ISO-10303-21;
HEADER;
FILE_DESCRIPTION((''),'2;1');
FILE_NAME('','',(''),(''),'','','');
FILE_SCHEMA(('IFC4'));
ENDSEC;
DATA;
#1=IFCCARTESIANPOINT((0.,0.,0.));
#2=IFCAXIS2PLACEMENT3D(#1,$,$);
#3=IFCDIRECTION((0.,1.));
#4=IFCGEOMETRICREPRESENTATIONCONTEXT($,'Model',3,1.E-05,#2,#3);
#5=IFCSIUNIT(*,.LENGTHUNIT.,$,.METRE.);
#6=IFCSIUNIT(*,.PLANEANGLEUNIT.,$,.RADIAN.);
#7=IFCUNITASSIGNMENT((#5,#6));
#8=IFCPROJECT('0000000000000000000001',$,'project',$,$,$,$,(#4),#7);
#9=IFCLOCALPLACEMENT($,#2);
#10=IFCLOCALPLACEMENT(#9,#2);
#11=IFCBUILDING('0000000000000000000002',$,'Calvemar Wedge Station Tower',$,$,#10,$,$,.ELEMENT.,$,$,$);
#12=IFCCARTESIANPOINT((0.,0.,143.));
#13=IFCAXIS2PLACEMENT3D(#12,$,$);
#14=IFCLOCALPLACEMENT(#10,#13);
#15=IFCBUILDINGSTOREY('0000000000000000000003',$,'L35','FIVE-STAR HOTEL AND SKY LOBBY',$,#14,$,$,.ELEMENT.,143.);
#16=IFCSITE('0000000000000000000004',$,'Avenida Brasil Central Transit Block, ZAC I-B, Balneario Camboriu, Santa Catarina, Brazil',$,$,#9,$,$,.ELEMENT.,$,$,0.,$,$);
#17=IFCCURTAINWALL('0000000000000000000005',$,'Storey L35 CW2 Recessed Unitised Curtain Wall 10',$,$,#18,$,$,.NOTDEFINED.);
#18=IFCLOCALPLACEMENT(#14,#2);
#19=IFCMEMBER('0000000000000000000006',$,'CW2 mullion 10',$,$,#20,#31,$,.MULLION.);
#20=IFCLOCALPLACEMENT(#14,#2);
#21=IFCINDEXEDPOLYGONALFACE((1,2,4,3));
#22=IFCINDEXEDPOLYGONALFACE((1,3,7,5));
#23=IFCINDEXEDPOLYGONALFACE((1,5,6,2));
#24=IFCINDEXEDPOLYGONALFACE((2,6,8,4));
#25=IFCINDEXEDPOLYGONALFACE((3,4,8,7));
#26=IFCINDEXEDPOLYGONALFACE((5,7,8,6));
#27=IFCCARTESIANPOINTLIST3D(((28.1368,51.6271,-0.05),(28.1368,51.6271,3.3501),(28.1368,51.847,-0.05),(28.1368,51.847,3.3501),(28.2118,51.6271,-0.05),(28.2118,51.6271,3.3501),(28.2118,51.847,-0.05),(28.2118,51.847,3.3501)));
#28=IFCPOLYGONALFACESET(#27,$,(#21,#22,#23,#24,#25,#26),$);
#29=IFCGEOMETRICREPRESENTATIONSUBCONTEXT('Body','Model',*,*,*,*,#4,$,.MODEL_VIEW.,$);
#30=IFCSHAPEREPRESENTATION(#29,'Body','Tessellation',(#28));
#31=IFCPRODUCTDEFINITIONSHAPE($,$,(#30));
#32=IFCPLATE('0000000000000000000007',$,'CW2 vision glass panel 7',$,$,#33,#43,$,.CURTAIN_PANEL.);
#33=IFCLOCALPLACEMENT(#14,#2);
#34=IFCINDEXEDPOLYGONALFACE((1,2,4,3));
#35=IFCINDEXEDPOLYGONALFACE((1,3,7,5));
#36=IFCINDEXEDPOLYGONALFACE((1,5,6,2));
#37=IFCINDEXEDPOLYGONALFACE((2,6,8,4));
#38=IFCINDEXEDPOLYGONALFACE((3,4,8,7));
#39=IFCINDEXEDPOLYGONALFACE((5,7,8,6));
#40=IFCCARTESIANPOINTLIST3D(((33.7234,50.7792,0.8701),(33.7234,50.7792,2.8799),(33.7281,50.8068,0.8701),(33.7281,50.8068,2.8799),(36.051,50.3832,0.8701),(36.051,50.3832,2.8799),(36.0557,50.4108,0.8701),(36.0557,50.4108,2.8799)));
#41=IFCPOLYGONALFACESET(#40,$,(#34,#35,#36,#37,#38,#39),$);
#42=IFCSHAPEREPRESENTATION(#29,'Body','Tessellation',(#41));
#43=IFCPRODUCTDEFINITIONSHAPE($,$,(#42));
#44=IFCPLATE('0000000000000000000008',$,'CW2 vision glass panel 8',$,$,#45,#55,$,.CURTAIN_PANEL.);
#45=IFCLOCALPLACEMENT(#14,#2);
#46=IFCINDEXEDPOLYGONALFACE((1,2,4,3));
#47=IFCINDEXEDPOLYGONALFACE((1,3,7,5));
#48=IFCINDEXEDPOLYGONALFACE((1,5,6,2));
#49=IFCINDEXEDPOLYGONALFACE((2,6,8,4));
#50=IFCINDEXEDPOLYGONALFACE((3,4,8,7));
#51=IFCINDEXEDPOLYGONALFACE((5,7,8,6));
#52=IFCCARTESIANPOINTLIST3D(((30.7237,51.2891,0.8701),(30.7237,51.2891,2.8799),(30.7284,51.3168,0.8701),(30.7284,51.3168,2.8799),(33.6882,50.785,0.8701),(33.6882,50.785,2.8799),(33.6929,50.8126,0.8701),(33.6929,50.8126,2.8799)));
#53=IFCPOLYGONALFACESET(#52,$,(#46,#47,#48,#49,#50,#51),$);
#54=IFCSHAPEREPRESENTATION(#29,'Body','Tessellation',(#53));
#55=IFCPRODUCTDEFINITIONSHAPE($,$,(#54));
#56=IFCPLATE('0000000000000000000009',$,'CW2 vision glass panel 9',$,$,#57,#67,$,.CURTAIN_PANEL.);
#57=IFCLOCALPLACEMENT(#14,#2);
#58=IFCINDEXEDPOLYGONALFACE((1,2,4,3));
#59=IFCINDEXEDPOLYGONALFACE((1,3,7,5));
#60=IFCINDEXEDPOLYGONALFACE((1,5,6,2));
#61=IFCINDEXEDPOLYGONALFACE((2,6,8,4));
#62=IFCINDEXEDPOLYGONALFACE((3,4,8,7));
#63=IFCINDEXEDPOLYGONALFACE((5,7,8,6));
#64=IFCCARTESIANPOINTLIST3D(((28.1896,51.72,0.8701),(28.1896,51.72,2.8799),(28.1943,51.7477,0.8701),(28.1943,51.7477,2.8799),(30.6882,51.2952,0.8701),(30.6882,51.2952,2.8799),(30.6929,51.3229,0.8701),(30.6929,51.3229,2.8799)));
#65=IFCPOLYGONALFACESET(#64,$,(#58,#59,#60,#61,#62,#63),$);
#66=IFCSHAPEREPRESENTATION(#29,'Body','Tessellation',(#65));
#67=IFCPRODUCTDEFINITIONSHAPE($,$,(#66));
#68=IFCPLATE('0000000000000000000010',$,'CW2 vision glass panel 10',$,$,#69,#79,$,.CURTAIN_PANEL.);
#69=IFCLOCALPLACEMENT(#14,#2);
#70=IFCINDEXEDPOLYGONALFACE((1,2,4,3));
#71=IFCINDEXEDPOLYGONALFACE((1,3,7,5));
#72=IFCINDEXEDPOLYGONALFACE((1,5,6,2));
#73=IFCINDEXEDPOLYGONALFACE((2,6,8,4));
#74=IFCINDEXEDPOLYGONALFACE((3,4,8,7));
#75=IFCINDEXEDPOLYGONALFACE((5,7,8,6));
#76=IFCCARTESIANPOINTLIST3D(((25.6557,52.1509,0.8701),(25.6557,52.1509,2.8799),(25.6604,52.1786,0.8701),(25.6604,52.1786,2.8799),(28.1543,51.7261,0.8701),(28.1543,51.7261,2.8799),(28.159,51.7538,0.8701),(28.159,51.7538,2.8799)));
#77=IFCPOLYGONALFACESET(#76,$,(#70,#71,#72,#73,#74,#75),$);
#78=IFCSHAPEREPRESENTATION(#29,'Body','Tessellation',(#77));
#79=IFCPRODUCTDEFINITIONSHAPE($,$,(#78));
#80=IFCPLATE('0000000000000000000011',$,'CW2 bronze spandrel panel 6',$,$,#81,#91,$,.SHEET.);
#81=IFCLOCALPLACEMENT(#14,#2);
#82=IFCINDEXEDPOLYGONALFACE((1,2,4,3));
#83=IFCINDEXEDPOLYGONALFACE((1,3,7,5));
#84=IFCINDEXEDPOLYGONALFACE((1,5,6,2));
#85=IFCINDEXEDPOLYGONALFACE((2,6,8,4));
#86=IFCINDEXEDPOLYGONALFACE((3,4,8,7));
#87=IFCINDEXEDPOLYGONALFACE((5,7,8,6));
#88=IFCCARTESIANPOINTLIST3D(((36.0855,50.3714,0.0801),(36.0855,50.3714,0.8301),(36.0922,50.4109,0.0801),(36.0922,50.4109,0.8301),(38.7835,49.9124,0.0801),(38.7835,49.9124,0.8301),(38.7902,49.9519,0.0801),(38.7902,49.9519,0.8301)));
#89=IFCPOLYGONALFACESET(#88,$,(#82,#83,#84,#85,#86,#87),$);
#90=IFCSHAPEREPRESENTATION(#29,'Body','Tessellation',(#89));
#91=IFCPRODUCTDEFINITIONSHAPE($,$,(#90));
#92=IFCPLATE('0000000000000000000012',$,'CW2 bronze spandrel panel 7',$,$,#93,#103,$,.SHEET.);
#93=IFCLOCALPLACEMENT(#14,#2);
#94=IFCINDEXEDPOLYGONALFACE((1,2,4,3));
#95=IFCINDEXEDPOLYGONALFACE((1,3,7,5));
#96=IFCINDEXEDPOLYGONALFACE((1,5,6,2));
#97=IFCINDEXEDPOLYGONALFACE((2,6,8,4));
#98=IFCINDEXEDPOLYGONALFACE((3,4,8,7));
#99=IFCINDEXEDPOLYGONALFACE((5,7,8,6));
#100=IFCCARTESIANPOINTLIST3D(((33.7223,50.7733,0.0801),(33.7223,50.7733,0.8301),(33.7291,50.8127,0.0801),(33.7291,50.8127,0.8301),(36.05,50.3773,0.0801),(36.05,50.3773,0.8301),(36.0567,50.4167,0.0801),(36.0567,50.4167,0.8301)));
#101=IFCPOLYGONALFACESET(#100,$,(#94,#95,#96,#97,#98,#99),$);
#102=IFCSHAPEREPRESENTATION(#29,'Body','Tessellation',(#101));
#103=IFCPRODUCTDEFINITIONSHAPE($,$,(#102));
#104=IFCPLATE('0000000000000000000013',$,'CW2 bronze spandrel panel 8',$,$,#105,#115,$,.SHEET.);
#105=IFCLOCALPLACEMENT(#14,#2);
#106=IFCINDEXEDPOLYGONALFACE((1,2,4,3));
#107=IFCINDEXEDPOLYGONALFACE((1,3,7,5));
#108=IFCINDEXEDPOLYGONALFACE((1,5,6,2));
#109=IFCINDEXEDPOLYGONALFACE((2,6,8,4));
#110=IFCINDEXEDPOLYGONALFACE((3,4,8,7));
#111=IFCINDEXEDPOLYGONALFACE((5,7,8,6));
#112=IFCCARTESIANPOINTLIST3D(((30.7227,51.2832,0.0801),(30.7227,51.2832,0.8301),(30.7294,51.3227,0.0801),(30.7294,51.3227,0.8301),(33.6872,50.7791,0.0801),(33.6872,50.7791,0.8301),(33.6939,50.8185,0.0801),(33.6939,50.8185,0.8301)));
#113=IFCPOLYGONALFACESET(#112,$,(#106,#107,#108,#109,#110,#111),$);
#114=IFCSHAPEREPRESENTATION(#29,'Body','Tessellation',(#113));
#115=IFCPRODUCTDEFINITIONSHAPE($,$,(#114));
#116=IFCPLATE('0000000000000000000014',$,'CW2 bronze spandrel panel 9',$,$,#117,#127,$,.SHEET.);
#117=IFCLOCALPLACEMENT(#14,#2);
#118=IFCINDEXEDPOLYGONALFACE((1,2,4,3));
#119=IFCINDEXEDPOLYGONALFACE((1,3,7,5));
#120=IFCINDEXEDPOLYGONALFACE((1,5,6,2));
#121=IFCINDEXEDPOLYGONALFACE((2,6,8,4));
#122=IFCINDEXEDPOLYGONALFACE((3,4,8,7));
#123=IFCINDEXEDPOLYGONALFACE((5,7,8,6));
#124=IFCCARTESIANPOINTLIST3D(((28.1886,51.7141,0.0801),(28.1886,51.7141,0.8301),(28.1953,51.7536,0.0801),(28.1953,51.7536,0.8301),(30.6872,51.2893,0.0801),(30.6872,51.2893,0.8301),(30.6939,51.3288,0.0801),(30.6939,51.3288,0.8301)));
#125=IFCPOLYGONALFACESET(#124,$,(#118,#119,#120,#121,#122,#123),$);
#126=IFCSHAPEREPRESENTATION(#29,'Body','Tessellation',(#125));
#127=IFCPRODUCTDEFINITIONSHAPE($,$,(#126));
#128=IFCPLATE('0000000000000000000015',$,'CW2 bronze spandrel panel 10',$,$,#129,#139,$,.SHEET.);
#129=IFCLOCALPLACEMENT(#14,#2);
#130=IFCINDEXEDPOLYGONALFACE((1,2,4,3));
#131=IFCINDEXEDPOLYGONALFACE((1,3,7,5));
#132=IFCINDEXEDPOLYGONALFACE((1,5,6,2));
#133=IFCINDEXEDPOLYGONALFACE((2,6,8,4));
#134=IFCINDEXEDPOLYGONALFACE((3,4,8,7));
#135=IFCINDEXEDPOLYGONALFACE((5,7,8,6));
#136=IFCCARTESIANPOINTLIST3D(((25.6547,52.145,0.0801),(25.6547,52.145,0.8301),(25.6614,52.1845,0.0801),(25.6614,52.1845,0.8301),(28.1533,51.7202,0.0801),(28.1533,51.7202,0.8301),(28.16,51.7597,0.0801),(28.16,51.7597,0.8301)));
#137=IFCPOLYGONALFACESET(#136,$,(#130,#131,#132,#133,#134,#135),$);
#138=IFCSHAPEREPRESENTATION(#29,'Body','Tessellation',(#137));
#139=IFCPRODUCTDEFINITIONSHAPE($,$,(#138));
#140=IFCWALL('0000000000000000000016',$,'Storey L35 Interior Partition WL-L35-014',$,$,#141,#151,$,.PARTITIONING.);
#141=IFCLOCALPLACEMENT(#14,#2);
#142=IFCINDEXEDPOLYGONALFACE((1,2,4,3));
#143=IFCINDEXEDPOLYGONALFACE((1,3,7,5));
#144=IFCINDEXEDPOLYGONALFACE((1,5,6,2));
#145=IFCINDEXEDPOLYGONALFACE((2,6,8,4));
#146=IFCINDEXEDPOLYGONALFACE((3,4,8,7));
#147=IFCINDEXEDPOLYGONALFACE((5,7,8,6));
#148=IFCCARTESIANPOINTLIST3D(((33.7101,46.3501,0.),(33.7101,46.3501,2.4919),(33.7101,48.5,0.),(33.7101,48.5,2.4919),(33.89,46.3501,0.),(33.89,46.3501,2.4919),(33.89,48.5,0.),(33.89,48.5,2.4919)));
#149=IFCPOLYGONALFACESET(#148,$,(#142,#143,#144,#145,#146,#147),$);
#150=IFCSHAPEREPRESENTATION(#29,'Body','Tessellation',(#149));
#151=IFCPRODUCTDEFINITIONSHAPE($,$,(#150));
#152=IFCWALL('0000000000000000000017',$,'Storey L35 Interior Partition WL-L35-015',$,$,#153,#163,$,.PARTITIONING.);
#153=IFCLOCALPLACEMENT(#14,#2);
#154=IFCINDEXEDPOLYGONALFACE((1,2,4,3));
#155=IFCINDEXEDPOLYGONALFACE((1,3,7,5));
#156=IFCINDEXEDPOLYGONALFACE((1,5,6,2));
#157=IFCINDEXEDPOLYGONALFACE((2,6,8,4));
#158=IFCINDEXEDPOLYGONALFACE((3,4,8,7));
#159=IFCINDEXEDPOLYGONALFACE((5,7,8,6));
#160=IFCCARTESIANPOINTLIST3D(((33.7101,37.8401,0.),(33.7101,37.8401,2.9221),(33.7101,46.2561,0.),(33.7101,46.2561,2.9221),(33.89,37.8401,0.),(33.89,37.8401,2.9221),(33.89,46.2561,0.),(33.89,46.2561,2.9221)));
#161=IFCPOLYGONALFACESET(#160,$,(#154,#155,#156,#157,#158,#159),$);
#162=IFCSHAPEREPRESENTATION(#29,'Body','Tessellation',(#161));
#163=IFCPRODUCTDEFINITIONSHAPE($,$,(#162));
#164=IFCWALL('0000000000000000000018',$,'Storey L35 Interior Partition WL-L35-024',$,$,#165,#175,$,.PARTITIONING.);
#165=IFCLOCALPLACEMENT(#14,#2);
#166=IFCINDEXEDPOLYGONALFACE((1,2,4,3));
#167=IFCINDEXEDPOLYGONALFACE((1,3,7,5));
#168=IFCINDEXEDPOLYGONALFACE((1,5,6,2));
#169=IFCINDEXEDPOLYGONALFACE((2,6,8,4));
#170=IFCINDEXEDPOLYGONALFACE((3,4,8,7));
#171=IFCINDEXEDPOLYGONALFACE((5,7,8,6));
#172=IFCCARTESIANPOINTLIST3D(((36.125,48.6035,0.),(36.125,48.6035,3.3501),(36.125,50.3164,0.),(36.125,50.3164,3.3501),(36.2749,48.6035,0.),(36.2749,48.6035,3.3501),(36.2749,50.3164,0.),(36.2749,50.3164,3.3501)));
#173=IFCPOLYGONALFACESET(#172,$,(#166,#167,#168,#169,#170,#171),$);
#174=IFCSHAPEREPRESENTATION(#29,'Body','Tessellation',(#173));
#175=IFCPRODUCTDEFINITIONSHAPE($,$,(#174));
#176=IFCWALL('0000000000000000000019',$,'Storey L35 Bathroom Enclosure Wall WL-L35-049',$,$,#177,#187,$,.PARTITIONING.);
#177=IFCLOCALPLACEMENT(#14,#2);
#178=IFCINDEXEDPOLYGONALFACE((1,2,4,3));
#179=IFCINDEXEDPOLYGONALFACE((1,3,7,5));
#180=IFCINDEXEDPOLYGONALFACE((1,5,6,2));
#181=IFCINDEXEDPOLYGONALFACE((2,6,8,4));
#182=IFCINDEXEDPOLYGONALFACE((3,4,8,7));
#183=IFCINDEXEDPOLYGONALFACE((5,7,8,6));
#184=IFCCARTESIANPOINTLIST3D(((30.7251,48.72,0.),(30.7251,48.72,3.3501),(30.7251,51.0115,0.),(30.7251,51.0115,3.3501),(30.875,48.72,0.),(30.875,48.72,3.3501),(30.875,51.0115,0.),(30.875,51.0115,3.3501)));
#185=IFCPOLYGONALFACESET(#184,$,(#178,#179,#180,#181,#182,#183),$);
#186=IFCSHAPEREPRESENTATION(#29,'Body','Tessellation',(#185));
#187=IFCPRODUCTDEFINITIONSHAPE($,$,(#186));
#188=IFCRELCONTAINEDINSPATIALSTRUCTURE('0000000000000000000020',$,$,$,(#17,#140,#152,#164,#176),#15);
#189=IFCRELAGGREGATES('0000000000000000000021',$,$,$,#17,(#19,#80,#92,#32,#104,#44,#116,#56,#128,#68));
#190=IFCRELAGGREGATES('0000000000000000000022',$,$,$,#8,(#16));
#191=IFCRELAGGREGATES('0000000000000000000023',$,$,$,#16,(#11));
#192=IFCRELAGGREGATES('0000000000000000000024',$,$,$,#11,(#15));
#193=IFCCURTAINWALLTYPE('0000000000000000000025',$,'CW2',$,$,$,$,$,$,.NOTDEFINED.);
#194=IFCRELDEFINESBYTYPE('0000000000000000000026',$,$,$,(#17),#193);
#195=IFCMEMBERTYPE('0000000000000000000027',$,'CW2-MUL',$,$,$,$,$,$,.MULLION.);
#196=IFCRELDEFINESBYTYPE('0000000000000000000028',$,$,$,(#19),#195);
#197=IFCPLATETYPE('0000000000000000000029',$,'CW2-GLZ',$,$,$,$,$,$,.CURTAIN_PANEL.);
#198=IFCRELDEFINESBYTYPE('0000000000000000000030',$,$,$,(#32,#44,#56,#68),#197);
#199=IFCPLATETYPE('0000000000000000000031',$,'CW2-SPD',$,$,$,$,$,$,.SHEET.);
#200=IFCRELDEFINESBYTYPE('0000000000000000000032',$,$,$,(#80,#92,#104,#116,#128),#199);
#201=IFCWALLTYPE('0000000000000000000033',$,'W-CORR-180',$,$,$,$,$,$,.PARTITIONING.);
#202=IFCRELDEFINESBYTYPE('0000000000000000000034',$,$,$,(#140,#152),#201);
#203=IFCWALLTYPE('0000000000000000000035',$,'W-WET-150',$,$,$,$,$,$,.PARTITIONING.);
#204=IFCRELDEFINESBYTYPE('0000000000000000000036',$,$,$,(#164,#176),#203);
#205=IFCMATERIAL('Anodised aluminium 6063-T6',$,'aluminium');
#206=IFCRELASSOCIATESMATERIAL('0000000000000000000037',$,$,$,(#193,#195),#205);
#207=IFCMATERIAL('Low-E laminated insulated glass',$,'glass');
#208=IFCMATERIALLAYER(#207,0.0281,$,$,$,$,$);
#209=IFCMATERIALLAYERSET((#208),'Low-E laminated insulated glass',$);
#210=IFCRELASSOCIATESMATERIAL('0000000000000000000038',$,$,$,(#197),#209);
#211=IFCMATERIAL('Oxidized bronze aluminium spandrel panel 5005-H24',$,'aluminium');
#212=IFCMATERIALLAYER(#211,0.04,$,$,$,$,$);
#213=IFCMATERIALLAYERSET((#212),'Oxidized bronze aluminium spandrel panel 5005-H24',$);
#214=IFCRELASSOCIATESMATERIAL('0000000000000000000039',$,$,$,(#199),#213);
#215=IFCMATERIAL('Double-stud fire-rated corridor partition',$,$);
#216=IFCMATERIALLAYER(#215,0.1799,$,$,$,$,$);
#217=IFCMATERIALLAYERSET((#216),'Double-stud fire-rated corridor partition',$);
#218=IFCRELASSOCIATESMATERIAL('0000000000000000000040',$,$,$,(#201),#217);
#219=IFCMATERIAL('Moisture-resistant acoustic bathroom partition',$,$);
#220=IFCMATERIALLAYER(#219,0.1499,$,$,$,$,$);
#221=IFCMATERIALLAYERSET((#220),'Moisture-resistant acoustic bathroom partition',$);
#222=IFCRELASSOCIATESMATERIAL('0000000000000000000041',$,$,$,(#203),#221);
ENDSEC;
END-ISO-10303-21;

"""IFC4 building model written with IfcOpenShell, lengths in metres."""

from ifc_helpers import new_model, si_unit, direction, frame, frame_2d, origin, origin_2d, place, context, subcontext, project, spatial, rectangle, extrude, source, transform, mapped, material, layer, layer_set, material_profile, profile_set, type_object, element, aggregate, save


model = new_model("IFC4")

# Units and contexts
model_context = context("Model", 3, precision=1e-05, world=origin(), true_north=direction((0.0, 1.0)))
body_context = subcontext(model_context, "Body", "Model", "MODEL_VIEW")
ifc_project = project(units=[si_unit("LENGTHUNIT", "METRE"), si_unit("PLANEANGLEUNIT", "RADIAN")], contexts=[model_context])

# Site, building, storey
site_placement = place(None, origin())
site = spatial("IfcSite", under=ifc_project, at=site_placement, Name="Avenida Brasil Central Transit Block, ZAC I-B, Balneario Camboriu, Santa Catarina, Brazil", CompositionType="ELEMENT", RefElevation=0.0)
building_placement = place(site_placement, origin())
building = spatial("IfcBuilding", under=site, at=building_placement, Name="Calvemar Wedge Station Tower", CompositionType="ELEMENT")
storey_placement = place(building_placement, frame((0.0, 0.0, 143.0)))
storey = spatial("IfcBuildingStorey", under=building, at=storey_placement, Name="L35", Description="FIVE-STAR HOTEL AND SKY LOBBY", CompositionType="ELEMENT", Elevation=143.0)

# Curtain wall, member, plates
ifc_material_1 = material(Name="Anodised aluminium 6063-T6", Category="aluminium")
curtain_wall_type = type_object("IfcCurtainWallType", Name="CW2", PredefinedType="NOTDEFINED", material=ifc_material_1)
curtain_wall_placement = place(storey_placement, origin())
curtain_wall = element("IfcCurtainWall", 1, at=curtain_wall_placement, inside=storey, type_object=curtain_wall_type, Name="Storey L35 CW2 Recessed Unitised Curtain Wall 10", PredefinedType="NOTDEFINED")
ifc_material_profile_1 = material_profile(ifc_material_1, rectangle(XDim=0.075, YDim=0.22, at=origin_2d()), Name="AL-MUL-75x220")
ifc_profile_set_1 = profile_set([ifc_material_profile_1], Name="Anodised aluminium 6063-T6")
member_type = type_object("IfcMemberType", Name="CW2-MUL", PredefinedType="MULLION", material=ifc_profile_set_1)
shared_shape_1 = source(origin(), body_context, "Body", "SweptSolid", [
    extrude(rectangle(XDim=0.075, YDim=0.22, at=origin_2d()), origin(), (0.0, 0.0, 1.0), 3.4001),
])
member_1_placement = place(storey_placement, frame((28.1743, 51.7371, -0.05), z_axis=(0.0, 0.0, 1.0), x_axis=(1.0, 0.0, 0.0)))
member_1 = element("IfcMember", 2, at=member_1_placement, type_object=member_type, Name="CW2 mullion 10", PredefinedType="MULLION", context=body_context, shape_type="MappedRepresentation", body=[
    mapped(shared_shape_1, transform((0.0, 0.0, 0.0), scale=1.0)),
])
ifc_material_2 = material(Name="Low-E laminated insulated glass", Category="glass")
ifc_layer_1 = layer(ifc_material_2, 0.0281)
ifc_layer_set_1 = layer_set([ifc_layer_1], Name="Low-E laminated insulated glass")
plate_type_1 = type_object("IfcPlateType", Name="CW2-GLZ", PredefinedType="CURTAIN_PANEL", material=ifc_layer_set_1)
plate_1_placement = place(storey_placement, frame((36.0535, 50.397, 0.8701), z_axis=(0.0, 0.0, 1.0), x_axis=(-0.985835, 0.167718, 0.0)))
plate_1 = element("IfcPlate", 3, at=plate_1_placement, type_object=plate_type_1, Name="CW2 vision glass panel 7", PredefinedType="CURTAIN_PANEL", context=body_context, shape_type="SweptSolid", body=[
    extrude(rectangle(XDim=2.3611, YDim=0.0281, at=frame_2d((1.1807, 0.0))), origin(), (0.0, 0.0, 1.0), 2.0098),
])
plate_2_placement = place(storey_placement, frame((33.6904, 50.7988, 0.8701), z_axis=(0.0, 0.0, 1.0), x_axis=(-0.985847, 0.16765, 0.0)))
plate_2 = element("IfcPlate", 4, at=plate_2_placement, type_object=plate_type_1, Name="CW2 vision glass panel 8", PredefinedType="CURTAIN_PANEL", context=body_context, shape_type="SweptSolid", body=[
    extrude(rectangle(XDim=3.0071, YDim=0.0281, at=frame_2d((1.5034, 0.0))), origin(), (0.0, 0.0, 1.0), 2.0098),
])
plate_3_placement = place(storey_placement, frame((30.6904, 51.3091, 0.8701), z_axis=(0.0, 0.0, 1.0), x_axis=(-0.985852, 0.167616, 0.0)))
plate_3 = element("IfcPlate", 5, at=plate_3_placement, type_object=plate_type_1, Name="CW2 vision glass panel 9", PredefinedType="CURTAIN_PANEL", context=body_context, shape_type="SweptSolid", body=[
    extrude(rectangle(XDim=2.5344, YDim=0.0281, at=frame_2d((1.2671, 0.0))), origin(), (0.0, 0.0, 1.0), 2.0098),
])
plate_4_placement = place(storey_placement, frame((28.1565, 51.74, 0.8701), z_axis=(0.0, 0.0, 1.0), x_axis=(-0.985852, 0.167616, 0.0)))
plate_4 = element("IfcPlate", 6, at=plate_4_placement, type_object=plate_type_1, Name="CW2 vision glass panel 10", PredefinedType="CURTAIN_PANEL", context=body_context, shape_type="SweptSolid", body=[
    extrude(rectangle(XDim=2.5344, YDim=0.0281, at=frame_2d((1.2671, 0.0))), origin(), (0.0, 0.0, 1.0), 2.0098),
])
ifc_material_3 = material(Name="Oxidized bronze aluminium spandrel panel 5005-H24", Category="aluminium")
ifc_layer_2 = layer(ifc_material_3, 0.04)
ifc_layer_set_2 = layer_set([ifc_layer_2], Name="Oxidized bronze aluminium spandrel panel 5005-H24")
plate_type_2 = type_object("IfcPlateType", Name="CW2-SPD", PredefinedType="SHEET", material=ifc_layer_set_2)
plate_5_placement = place(storey_placement, frame((38.7869, 49.9321, 0.0801), z_axis=(0.0, 0.0, 1.0), x_axis=(-0.985836, 0.167711, 0.0)))
plate_5 = element("IfcPlate", 7, at=plate_5_placement, type_object=plate_type_2, Name="CW2 bronze spandrel panel 6", PredefinedType="SHEET", context=body_context, shape_type="SweptSolid", body=[
    extrude(rectangle(XDim=2.7368, YDim=0.04, at=frame_2d((1.3684, 0.0))), origin(), (0.0, 0.0, 1.0), 0.75),
])
plate_6_placement = place(storey_placement, frame((36.0535, 50.397, 0.0801), z_axis=(0.0, 0.0, 1.0), x_axis=(-0.985835, 0.167718, 0.0)))
plate_6 = element("IfcPlate", 8, at=plate_6_placement, type_object=plate_type_2, Name="CW2 bronze spandrel panel 7", PredefinedType="SHEET", context=body_context, shape_type="SweptSolid", body=[
    extrude(rectangle(XDim=2.3611, YDim=0.04, at=frame_2d((1.1807, 0.0))), origin(), (0.0, 0.0, 1.0), 0.75),
])
plate_7_placement = place(storey_placement, frame((33.6904, 50.7988, 0.0801), z_axis=(0.0, 0.0, 1.0), x_axis=(-0.985847, 0.16765, 0.0)))
plate_7 = element("IfcPlate", 9, at=plate_7_placement, type_object=plate_type_2, Name="CW2 bronze spandrel panel 8", PredefinedType="SHEET", context=body_context, shape_type="SweptSolid", body=[
    extrude(rectangle(XDim=3.0071, YDim=0.04, at=frame_2d((1.5034, 0.0))), origin(), (0.0, 0.0, 1.0), 0.75),
])
plate_8_placement = place(storey_placement, frame((30.6904, 51.3091, 0.0801), z_axis=(0.0, 0.0, 1.0), x_axis=(-0.985852, 0.167616, 0.0)))
plate_8 = element("IfcPlate", 10, at=plate_8_placement, type_object=plate_type_2, Name="CW2 bronze spandrel panel 9", PredefinedType="SHEET", context=body_context, shape_type="SweptSolid", body=[
    extrude(rectangle(XDim=2.5344, YDim=0.04, at=frame_2d((1.2671, 0.0))), origin(), (0.0, 0.0, 1.0), 0.75),
])
plate_9_placement = place(storey_placement, frame((28.1565, 51.74, 0.0801), z_axis=(0.0, 0.0, 1.0), x_axis=(-0.985852, 0.167616, 0.0)))
plate_9 = element("IfcPlate", 11, at=plate_9_placement, type_object=plate_type_2, Name="CW2 bronze spandrel panel 10", PredefinedType="SHEET", context=body_context, shape_type="SweptSolid", body=[
    extrude(rectangle(XDim=2.5344, YDim=0.04, at=frame_2d((1.2671, 0.0))), origin(), (0.0, 0.0, 1.0), 0.75),
])
aggregate(curtain_wall, [member_1, plate_5, plate_6, plate_1, plate_7, plate_2, plate_8, plate_3, plate_9, plate_4])

# Walls
ifc_material_4 = material(Name="Double-stud fire-rated corridor partition")
ifc_layer_3 = layer(ifc_material_4, 0.1799)
ifc_layer_set_3 = layer_set([ifc_layer_3], Name="Double-stud fire-rated corridor partition")
wall_type_1 = type_object("IfcWallType", Name="W-CORR-180", PredefinedType="PARTITIONING", material=ifc_layer_set_3)
wall_1_placement = place(storey_placement, frame((33.8, 48.5, 0.0), z_axis=(0.0, 0.0, 1.0), x_axis=(0.0, -1.0, 0.0)))
element("IfcWall", 12, at=wall_1_placement, inside=storey, type_object=wall_type_1, Name="Storey L35 Interior Partition WL-L35-014", PredefinedType="PARTITIONING", context=body_context, shape_type="SweptSolid", body=[
    extrude(rectangle(XDim=2.1499, YDim=0.1799, at=frame_2d((1.075, 0.0))), origin(), (0.0, 0.0, 1.0), 2.4919),
])
wall_2_placement = place(storey_placement, frame((33.8, 46.2561, 0.0), z_axis=(0.0, 0.0, 1.0), x_axis=(0.0, -1.0, 0.0)))
element("IfcWall", 13, at=wall_2_placement, inside=storey, type_object=wall_type_1, Name="Storey L35 Interior Partition WL-L35-015", PredefinedType="PARTITIONING", context=body_context, shape_type="SweptSolid", body=[
    extrude(rectangle(XDim=8.416, YDim=0.1799, at=frame_2d((4.208, 0.0))), origin(), (0.0, 0.0, 1.0), 2.9221),
])

# Shared definitions
ifc_material_5 = material(Name="Moisture-resistant acoustic bathroom partition")
ifc_layer_4 = layer(ifc_material_5, 0.1499)
ifc_layer_set_4 = layer_set([ifc_layer_4], Name="Moisture-resistant acoustic bathroom partition")
wall_type_2 = type_object("IfcWallType", Name="W-WET-150", PredefinedType="PARTITIONING", material=ifc_layer_set_4)

# Walls
wall_3_placement = place(storey_placement, frame((36.2, 50.3164, 0.0), z_axis=(0.0, 0.0, 1.0), x_axis=(0.0, -1.0, 0.0)))
element("IfcWall", 14, at=wall_3_placement, inside=storey, type_object=wall_type_2, Name="Storey L35 Interior Partition WL-L35-024", PredefinedType="PARTITIONING", context=body_context, shape_type="SweptSolid", body=[
    extrude(rectangle(XDim=1.7129, YDim=0.1499, at=frame_2d((0.8564, 0.0))), origin(), (0.0, 0.0, 1.0), 3.3501),
])
wall_4_placement = place(storey_placement, frame((30.8, 51.0115, 0.0), z_axis=(0.0, 0.0, 1.0), x_axis=(0.0, -1.0, 0.0)))
element("IfcWall", 15, at=wall_4_placement, inside=storey, type_object=wall_type_2, Name="Storey L35 Bathroom Enclosure Wall WL-L35-049", PredefinedType="PARTITIONING", context=body_context, shape_type="SweptSolid", body=[
    extrude(rectangle(XDim=2.2915, YDim=0.1499, at=frame_2d((1.1458, 0.0))), origin(), (0.0, 0.0, 1.0), 3.3501),
])

save(model, "model.ifc")
